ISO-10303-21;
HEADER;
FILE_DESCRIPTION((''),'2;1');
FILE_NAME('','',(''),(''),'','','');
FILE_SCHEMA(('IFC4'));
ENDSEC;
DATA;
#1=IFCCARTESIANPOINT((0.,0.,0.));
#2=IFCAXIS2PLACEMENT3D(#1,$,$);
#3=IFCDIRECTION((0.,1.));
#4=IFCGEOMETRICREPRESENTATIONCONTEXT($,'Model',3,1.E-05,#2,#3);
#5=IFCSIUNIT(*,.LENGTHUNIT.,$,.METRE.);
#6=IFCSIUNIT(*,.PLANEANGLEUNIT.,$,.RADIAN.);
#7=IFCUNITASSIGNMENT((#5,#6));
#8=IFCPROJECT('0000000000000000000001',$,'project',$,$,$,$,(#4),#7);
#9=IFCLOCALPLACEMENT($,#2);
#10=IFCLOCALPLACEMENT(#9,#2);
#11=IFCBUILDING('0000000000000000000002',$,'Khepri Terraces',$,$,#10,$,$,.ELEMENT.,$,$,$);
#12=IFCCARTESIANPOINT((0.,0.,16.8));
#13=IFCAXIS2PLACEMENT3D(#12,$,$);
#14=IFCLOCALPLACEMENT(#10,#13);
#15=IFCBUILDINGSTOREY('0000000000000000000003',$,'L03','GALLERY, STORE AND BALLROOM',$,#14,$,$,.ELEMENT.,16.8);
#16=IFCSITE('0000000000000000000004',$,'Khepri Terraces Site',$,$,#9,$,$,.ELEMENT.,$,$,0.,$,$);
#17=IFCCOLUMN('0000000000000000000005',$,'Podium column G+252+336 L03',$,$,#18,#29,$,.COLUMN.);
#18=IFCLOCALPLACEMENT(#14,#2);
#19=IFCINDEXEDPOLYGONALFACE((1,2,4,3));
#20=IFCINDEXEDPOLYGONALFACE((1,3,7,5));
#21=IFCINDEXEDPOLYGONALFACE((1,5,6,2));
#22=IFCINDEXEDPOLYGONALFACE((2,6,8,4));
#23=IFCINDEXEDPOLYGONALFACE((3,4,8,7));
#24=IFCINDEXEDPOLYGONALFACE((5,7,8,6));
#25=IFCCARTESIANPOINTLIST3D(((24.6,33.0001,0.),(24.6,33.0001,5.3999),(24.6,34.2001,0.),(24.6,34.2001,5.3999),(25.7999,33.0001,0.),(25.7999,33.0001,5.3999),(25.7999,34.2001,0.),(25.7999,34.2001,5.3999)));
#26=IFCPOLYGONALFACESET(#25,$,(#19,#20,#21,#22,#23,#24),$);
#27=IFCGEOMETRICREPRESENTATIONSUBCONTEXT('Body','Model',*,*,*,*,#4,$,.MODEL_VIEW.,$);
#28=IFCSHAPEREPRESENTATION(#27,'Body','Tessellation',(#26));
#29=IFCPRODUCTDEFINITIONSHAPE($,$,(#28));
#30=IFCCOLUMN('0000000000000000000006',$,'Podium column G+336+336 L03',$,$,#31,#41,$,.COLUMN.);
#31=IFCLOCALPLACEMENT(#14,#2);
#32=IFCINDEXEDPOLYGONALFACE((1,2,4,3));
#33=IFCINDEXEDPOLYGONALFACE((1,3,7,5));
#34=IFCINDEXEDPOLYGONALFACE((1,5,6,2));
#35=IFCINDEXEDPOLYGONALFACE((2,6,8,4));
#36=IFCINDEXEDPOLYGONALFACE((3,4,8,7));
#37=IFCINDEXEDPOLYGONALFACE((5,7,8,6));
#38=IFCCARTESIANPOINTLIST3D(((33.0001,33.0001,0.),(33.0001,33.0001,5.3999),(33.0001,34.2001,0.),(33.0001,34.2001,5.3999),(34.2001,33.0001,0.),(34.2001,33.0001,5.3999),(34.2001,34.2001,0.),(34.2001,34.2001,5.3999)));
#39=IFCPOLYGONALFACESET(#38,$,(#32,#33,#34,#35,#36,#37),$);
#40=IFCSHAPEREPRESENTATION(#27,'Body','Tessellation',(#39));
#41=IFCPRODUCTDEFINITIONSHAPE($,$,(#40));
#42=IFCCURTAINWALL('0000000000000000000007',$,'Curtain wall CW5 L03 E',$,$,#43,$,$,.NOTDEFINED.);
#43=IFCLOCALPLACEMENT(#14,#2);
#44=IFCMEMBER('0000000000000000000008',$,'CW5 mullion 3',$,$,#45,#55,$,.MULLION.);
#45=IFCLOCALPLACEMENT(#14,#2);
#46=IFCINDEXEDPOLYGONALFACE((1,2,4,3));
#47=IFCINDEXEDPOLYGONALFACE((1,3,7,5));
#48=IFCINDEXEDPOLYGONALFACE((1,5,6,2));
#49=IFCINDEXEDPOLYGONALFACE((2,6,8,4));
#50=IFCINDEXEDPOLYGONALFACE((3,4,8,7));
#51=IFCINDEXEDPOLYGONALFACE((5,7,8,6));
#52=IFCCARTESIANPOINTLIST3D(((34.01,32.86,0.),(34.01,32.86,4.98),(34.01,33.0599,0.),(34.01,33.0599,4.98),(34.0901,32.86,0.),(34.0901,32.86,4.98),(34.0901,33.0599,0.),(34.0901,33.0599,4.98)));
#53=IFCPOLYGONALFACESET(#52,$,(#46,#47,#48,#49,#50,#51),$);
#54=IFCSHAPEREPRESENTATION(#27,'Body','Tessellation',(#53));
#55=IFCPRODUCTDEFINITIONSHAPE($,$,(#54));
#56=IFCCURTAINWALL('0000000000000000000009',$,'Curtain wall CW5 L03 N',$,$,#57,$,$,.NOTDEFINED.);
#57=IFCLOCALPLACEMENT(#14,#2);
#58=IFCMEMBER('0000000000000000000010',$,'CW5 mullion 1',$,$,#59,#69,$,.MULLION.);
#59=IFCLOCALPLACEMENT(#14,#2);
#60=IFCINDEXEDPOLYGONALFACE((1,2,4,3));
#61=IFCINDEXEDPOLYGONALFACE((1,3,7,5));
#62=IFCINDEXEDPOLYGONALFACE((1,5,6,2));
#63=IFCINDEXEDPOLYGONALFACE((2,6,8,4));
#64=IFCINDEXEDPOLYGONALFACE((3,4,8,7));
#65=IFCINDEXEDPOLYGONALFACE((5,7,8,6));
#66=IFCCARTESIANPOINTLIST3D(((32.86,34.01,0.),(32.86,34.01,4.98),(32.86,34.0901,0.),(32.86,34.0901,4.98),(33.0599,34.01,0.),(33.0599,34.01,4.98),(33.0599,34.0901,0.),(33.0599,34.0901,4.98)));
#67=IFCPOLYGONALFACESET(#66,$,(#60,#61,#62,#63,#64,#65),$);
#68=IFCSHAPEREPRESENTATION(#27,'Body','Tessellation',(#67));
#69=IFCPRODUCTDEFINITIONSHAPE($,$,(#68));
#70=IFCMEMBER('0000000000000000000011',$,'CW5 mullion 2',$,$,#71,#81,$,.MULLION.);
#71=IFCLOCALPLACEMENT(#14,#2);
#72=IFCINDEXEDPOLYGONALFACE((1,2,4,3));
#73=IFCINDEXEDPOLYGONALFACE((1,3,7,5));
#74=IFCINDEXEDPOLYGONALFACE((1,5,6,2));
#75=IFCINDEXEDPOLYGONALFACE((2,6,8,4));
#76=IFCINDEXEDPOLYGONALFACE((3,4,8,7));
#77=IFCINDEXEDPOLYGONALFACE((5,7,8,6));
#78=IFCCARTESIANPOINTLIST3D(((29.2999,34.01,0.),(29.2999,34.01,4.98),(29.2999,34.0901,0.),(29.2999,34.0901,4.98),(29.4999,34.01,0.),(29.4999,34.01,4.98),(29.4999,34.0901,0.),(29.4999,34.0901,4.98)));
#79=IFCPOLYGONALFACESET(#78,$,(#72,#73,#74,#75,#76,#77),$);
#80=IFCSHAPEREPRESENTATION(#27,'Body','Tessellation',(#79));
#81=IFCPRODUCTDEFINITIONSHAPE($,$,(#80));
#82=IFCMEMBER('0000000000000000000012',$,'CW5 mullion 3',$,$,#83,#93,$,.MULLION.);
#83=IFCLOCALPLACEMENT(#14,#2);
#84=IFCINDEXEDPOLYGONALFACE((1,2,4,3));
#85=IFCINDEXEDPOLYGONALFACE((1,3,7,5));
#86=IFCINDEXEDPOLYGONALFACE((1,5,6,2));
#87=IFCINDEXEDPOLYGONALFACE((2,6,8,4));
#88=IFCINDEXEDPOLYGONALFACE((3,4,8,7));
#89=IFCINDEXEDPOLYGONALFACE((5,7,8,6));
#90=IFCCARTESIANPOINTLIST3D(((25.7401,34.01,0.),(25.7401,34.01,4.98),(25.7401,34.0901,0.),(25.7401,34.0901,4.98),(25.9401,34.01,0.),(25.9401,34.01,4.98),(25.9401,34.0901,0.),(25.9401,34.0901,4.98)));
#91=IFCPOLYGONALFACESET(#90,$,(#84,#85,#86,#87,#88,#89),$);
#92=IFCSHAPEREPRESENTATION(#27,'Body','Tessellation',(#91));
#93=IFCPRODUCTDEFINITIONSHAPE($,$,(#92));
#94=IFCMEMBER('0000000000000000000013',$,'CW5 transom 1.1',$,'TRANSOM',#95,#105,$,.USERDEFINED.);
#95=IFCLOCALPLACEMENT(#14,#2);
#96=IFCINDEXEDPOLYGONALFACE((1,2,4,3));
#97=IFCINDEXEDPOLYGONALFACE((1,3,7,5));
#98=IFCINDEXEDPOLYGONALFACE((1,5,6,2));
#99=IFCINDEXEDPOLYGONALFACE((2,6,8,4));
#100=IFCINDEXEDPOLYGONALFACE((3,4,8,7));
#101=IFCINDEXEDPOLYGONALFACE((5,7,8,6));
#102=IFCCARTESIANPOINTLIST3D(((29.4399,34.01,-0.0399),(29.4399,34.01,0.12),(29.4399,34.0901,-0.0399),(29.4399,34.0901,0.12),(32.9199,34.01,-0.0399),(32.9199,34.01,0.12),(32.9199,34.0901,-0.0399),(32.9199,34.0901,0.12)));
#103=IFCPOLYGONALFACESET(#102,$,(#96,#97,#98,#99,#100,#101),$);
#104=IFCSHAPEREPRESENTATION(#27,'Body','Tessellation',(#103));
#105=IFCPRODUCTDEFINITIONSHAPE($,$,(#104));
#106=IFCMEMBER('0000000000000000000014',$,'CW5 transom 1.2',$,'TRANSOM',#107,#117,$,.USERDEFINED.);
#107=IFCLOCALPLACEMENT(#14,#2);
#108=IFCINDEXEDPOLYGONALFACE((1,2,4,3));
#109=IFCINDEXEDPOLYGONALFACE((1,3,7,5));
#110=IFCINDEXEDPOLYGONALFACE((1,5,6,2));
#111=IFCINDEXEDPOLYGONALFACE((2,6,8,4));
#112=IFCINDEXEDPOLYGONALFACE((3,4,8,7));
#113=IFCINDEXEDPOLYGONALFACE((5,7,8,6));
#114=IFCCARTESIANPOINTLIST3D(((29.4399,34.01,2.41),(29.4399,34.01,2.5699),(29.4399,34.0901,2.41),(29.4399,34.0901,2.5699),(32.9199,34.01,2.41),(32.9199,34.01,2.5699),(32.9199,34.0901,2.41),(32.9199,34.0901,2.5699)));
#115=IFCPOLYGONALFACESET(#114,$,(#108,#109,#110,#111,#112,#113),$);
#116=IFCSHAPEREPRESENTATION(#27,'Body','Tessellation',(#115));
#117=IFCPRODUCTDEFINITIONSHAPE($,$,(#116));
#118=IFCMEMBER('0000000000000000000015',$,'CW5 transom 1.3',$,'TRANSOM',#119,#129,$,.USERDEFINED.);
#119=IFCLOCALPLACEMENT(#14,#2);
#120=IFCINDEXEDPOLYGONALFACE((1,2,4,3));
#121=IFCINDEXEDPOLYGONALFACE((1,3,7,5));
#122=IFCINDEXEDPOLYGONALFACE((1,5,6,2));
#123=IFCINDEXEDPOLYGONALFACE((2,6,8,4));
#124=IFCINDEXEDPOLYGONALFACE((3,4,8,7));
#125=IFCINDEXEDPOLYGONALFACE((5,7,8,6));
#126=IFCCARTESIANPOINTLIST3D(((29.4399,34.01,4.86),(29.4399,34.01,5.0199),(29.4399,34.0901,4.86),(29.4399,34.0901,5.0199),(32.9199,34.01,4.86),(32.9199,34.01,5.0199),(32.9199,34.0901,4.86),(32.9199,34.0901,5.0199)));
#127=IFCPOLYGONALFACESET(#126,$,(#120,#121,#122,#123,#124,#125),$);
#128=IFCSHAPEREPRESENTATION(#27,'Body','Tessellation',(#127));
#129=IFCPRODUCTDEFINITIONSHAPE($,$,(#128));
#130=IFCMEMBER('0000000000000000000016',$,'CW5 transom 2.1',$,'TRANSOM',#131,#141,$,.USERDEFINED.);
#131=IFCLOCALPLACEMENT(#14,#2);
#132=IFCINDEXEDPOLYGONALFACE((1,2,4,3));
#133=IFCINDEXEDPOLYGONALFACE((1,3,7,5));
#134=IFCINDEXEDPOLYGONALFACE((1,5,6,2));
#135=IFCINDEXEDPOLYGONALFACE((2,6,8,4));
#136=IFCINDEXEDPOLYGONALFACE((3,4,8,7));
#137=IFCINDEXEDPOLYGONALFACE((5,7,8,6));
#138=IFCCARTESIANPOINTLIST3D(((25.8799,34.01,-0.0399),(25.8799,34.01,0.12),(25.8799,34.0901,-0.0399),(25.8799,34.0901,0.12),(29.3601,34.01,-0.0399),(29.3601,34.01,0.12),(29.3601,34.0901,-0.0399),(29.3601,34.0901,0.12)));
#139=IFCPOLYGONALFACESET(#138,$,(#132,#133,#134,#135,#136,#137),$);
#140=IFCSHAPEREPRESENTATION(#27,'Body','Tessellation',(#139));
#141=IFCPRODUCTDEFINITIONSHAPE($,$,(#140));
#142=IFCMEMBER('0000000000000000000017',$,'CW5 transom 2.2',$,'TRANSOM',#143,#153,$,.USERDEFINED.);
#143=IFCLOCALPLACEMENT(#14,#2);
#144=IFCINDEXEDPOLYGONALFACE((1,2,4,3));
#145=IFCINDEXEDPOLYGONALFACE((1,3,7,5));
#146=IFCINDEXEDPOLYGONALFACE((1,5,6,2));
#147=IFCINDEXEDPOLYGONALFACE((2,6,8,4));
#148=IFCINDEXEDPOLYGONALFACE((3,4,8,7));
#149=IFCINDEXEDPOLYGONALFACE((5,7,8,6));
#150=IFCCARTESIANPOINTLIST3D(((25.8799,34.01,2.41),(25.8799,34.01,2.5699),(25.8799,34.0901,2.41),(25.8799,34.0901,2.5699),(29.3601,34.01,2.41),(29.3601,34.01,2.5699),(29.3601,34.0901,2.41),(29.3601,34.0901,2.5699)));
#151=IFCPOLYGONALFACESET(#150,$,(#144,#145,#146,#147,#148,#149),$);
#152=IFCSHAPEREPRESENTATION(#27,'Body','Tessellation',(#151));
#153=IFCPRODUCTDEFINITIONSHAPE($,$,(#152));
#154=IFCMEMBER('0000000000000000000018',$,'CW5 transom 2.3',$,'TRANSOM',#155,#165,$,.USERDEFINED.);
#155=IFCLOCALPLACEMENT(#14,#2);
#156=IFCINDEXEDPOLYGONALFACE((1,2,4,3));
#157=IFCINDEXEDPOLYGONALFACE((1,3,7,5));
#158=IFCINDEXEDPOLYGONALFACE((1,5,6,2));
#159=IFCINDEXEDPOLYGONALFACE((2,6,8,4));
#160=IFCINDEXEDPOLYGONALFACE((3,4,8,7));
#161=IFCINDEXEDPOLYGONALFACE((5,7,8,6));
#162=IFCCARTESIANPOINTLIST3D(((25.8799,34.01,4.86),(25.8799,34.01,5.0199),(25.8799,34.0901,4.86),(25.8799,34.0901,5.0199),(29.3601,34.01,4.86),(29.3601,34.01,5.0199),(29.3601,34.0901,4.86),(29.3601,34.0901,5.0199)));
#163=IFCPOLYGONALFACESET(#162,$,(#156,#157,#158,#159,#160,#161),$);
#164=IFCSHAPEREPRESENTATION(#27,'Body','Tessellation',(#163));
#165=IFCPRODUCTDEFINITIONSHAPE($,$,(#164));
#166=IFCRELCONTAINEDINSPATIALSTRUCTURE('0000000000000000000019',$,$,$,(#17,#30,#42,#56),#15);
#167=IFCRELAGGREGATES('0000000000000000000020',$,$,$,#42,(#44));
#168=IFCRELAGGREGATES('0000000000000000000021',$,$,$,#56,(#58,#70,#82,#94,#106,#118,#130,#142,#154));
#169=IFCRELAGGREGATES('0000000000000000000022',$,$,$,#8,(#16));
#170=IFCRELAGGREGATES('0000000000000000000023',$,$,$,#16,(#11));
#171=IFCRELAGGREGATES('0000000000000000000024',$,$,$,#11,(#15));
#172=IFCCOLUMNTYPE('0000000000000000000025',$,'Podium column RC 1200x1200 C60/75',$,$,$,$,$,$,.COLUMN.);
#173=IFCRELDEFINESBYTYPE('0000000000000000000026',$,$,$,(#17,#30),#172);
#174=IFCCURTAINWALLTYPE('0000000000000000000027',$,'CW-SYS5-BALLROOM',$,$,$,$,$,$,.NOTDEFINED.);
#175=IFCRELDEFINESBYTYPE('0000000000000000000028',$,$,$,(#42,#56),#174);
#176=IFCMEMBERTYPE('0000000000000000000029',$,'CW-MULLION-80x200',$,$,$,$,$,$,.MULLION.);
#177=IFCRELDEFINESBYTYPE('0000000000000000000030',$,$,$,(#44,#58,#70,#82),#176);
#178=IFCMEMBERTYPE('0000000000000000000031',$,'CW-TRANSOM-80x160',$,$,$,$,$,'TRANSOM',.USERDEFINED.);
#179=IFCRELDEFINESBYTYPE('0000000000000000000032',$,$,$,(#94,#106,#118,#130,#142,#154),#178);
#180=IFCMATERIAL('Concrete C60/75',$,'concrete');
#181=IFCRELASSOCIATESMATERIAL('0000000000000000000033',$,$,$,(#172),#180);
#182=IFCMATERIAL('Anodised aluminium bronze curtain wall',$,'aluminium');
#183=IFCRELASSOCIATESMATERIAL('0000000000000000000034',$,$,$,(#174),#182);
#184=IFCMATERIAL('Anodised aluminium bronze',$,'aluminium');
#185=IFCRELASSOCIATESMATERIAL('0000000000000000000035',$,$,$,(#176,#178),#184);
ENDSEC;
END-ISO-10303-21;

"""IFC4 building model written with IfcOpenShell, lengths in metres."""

from ifc_helpers import new_model, si_unit, direction, frame, origin, origin_2d, place, context, subcontext, project, spatial, rectangle, extrude, material, material_profile, profile_set, type_object, element, aggregate, save


model = new_model("IFC4")

# Units and contexts
model_context = context("Model", 3, precision=1e-05, world=origin(), true_north=direction((0.0, 1.0)))
body_context = subcontext(model_context, "Body", "Model", "MODEL_VIEW")
ifc_project = project(units=[si_unit("LENGTHUNIT", "METRE"), si_unit("PLANEANGLEUNIT", "RADIAN")], contexts=[model_context])

# Site, building, storey
site_placement = place(None, origin())
site = spatial("IfcSite", under=ifc_project, at=site_placement, Name="Khepri Terraces Site", CompositionType="ELEMENT", RefElevation=0.0)
building_placement = place(site_placement, origin())
building = spatial("IfcBuilding", under=site, at=building_placement, Name="Khepri Terraces", CompositionType="ELEMENT")
storey_placement = place(building_placement, frame((0.0, 0.0, 16.8)))
storey = spatial("IfcBuildingStorey", under=building, at=storey_placement, Name="L03", Description="GALLERY, STORE AND BALLROOM", CompositionType="ELEMENT", Elevation=16.8)

# Columns
ifc_material_1 = material(Name="Concrete C60/75", Category="concrete")
ifc_material_profile_1 = material_profile(ifc_material_1, rectangle(XDim=1.2, YDim=1.2, at=origin_2d()), Name="Concrete C60/75", Category="concrete")
ifc_profile_set_1 = profile_set([ifc_material_profile_1], Name="Concrete C60/75")
column_type = type_object("IfcColumnType", Name="Podium column RC 1200x1200 C60/75", PredefinedType="COLUMN", material=ifc_profile_set_1)
for number, where, z_axis, x_axis, name in (
    (1, (25.2, 33.6001, 0.0), (0.0, 0.0, 1.0), (1.0, 0.0, 0.0), "Podium column G+252+336 L03"),
    (2, (33.6001, 33.6001, 0.0), (0.0, 0.0, 1.0), (1.0, 0.0, 0.0), "Podium column G+336+336 L03"),
):
    element("IfcColumn", number, at=place(storey_placement, frame(where, z_axis=z_axis, x_axis=x_axis)), inside=storey, type_object=column_type, Name=name, PredefinedType="COLUMN", context=body_context, shape_type="SweptSolid", body=[
        extrude(rectangle(XDim=1.2, YDim=1.2, at=origin_2d()), origin(), (0.0, 0.0, 1.0), 5.3999),
    ])

# Curtain wall, member
ifc_material_2 = material(Name="Anodised aluminium bronze curtain wall", Category="aluminium")
curtain_wall_type = type_object("IfcCurtainWallType", Name="CW-SYS5-BALLROOM", PredefinedType="NOTDEFINED", material=ifc_material_2)
curtain_wall_1_placement = place(storey_placement, origin())
curtain_wall_1 = element("IfcCurtainWall", 3, at=curtain_wall_1_placement, inside=storey, type_object=curtain_wall_type, Name="Curtain wall CW5 L03 E", PredefinedType="NOTDEFINED")
ifc_material_3 = material(Name="Anodised aluminium bronze", Category="aluminium")
ifc_material_profile_2 = material_profile(ifc_material_3, rectangle(XDim=0.0801, YDim=0.2, at=origin_2d()), Name="Anodised aluminium bronze", Category="aluminium")
ifc_profile_set_2 = profile_set([ifc_material_profile_2], Name="Anodised aluminium bronze")
member_type_1 = type_object("IfcMemberType", Name="CW-MULLION-80x200", PredefinedType="MULLION", material=ifc_profile_set_2)
member_1_placement = place(storey_placement, frame((34.05, 32.96, 0.0), z_axis=(0.0, 0.0, 1.0), x_axis=(-1.0, 0.0, 0.0)))
member_1 = element("IfcMember", 4, at=member_1_placement, type_object=member_type_1, Name="CW5 mullion 3", PredefinedType="MULLION", context=body_context, shape_type="SweptSolid", body=[
    extrude(rectangle(XDim=0.0801, YDim=0.2, at=origin_2d()), origin(), (0.0, 0.0, 1.0), 4.98),
])

# Curtain wall, members
curtain_wall_2_placement = place(storey_placement, origin())
curtain_wall_2 = element("IfcCurtainWall", 5, at=curtain_wall_2_placement, inside=storey, type_object=curtain_wall_type, Name="Curtain wall CW5 L03 N", PredefinedType="NOTDEFINED")
member_2_placement = place(storey_placement, frame((32.96, 34.05, 0.0), z_axis=(0.0, 0.0, 1.0), x_axis=(0.0, -1.0, 0.0)))
member_2 = element("IfcMember", 6, at=member_2_placement, type_object=member_type_1, Name="CW5 mullion 1", PredefinedType="MULLION", context=body_context, shape_type="SweptSolid", body=[
    extrude(rectangle(XDim=0.0801, YDim=0.2, at=origin_2d()), origin(), (0.0, 0.0, 1.0), 4.98),
])
member_3_placement = place(storey_placement, frame((29.3999, 34.05, 0.0), z_axis=(0.0, 0.0, 1.0), x_axis=(0.0, -1.0, 0.0)))
member_3 = element("IfcMember", 7, at=member_3_placement, type_object=member_type_1, Name="CW5 mullion 2", PredefinedType="MULLION", context=body_context, shape_type="SweptSolid", body=[
    extrude(rectangle(XDim=0.0801, YDim=0.2, at=origin_2d()), origin(), (0.0, 0.0, 1.0), 4.98),
])
member_4_placement = place(storey_placement, frame((25.8401, 34.05, 0.0), z_axis=(0.0, 0.0, 1.0), x_axis=(0.0, -1.0, 0.0)))
member_4 = element("IfcMember", 8, at=member_4_placement, type_object=member_type_1, Name="CW5 mullion 3", PredefinedType="MULLION", context=body_context, shape_type="SweptSolid", body=[
    extrude(rectangle(XDim=0.0801, YDim=0.2, at=origin_2d()), origin(), (0.0, 0.0, 1.0), 4.98),
])
ifc_material_profile_3 = material_profile(ifc_material_3, rectangle(XDim=0.0801, YDim=0.1599, at=origin_2d()), Name="Anodised aluminium bronze", Category="aluminium")
ifc_profile_set_3 = profile_set([ifc_material_profile_3], Name="Anodised aluminium bronze")
member_type_2 = type_object("IfcMemberType", Name="CW-TRANSOM-80x160", ElementType="TRANSOM", PredefinedType="USERDEFINED", material=ifc_profile_set_3)
member_5_placement = place(storey_placement, frame((32.9199, 34.05, 0.04), z_axis=(-1.0, 0.0, 0.0), x_axis=(0.0, -1.0, 0.0)))
member_5 = element("IfcMember", 9, at=member_5_placement, type_object=member_type_2, Name="CW5 transom 1.1", ObjectType="TRANSOM", PredefinedType="USERDEFINED", context=body_context, shape_type="SweptSolid", body=[
    extrude(rectangle(XDim=0.0801, YDim=0.1599, at=origin_2d()), origin(), (0.0, 0.0, 1.0), 3.48),
])
member_6_placement = place(storey_placement, frame((32.9199, 34.05, 2.49), z_axis=(-1.0, 0.0, 0.0), x_axis=(0.0, -1.0, 0.0)))
member_6 = element("IfcMember", 10, at=member_6_placement, type_object=member_type_2, Name="CW5 transom 1.2", ObjectType="TRANSOM", PredefinedType="USERDEFINED", context=body_context, shape_type="SweptSolid", body=[
    extrude(rectangle(XDim=0.0801, YDim=0.1599, at=origin_2d()), origin(), (0.0, 0.0, 1.0), 3.48),
])
member_7_placement = place(storey_placement, frame((32.9199, 34.05, 4.9399), z_axis=(-1.0, 0.0, 0.0), x_axis=(0.0, -1.0, 0.0)))
member_7 = element("IfcMember", 11, at=member_7_placement, type_object=member_type_2, Name="CW5 transom 1.3", ObjectType="TRANSOM", PredefinedType="USERDEFINED", context=body_context, shape_type="SweptSolid", body=[
    extrude(rectangle(XDim=0.0801, YDim=0.1599, at=origin_2d()), origin(), (0.0, 0.0, 1.0), 3.48),
])
member_8_placement = place(storey_placement, frame((29.3601, 34.05, 0.04), z_axis=(-1.0, 0.0, 0.0), x_axis=(0.0, -1.0, 0.0)))
member_8 = element("IfcMember", 12, at=member_8_placement, type_object=member_type_2, Name="CW5 transom 2.1", ObjectType="TRANSOM", PredefinedType="USERDEFINED", context=body_context, shape_type="SweptSolid", body=[
    extrude(rectangle(XDim=0.0801, YDim=0.1599, at=origin_2d()), origin(), (0.0, 0.0, 1.0), 3.4802),
])
member_9_placement = place(storey_placement, frame((29.3601, 34.05, 2.49), z_axis=(-1.0, 0.0, 0.0), x_axis=(0.0, -1.0, 0.0)))
member_9 = element("IfcMember", 13, at=member_9_placement, type_object=member_type_2, Name="CW5 transom 2.2", ObjectType="TRANSOM", PredefinedType="USERDEFINED", context=body_context, shape_type="SweptSolid", body=[
    extrude(rectangle(XDim=0.0801, YDim=0.1599, at=origin_2d()), origin(), (0.0, 0.0, 1.0), 3.4802),
])
member_10_placement = place(storey_placement, frame((29.3601, 34.05, 4.9399), z_axis=(-1.0, 0.0, 0.0), x_axis=(0.0, -1.0, 0.0)))
member_10 = element("IfcMember", 14, at=member_10_placement, type_object=member_type_2, Name="CW5 transom 2.3", ObjectType="TRANSOM", PredefinedType="USERDEFINED", context=body_context, shape_type="SweptSolid", body=[
    extrude(rectangle(XDim=0.0801, YDim=0.1599, at=origin_2d()), origin(), (0.0, 0.0, 1.0), 3.4802),
])

aggregate(curtain_wall_1, [member_1])
aggregate(curtain_wall_2, [member_2, member_3, member_4, member_5, member_6, member_7, member_8, member_9, member_10])

save(model, "model.ifc")
